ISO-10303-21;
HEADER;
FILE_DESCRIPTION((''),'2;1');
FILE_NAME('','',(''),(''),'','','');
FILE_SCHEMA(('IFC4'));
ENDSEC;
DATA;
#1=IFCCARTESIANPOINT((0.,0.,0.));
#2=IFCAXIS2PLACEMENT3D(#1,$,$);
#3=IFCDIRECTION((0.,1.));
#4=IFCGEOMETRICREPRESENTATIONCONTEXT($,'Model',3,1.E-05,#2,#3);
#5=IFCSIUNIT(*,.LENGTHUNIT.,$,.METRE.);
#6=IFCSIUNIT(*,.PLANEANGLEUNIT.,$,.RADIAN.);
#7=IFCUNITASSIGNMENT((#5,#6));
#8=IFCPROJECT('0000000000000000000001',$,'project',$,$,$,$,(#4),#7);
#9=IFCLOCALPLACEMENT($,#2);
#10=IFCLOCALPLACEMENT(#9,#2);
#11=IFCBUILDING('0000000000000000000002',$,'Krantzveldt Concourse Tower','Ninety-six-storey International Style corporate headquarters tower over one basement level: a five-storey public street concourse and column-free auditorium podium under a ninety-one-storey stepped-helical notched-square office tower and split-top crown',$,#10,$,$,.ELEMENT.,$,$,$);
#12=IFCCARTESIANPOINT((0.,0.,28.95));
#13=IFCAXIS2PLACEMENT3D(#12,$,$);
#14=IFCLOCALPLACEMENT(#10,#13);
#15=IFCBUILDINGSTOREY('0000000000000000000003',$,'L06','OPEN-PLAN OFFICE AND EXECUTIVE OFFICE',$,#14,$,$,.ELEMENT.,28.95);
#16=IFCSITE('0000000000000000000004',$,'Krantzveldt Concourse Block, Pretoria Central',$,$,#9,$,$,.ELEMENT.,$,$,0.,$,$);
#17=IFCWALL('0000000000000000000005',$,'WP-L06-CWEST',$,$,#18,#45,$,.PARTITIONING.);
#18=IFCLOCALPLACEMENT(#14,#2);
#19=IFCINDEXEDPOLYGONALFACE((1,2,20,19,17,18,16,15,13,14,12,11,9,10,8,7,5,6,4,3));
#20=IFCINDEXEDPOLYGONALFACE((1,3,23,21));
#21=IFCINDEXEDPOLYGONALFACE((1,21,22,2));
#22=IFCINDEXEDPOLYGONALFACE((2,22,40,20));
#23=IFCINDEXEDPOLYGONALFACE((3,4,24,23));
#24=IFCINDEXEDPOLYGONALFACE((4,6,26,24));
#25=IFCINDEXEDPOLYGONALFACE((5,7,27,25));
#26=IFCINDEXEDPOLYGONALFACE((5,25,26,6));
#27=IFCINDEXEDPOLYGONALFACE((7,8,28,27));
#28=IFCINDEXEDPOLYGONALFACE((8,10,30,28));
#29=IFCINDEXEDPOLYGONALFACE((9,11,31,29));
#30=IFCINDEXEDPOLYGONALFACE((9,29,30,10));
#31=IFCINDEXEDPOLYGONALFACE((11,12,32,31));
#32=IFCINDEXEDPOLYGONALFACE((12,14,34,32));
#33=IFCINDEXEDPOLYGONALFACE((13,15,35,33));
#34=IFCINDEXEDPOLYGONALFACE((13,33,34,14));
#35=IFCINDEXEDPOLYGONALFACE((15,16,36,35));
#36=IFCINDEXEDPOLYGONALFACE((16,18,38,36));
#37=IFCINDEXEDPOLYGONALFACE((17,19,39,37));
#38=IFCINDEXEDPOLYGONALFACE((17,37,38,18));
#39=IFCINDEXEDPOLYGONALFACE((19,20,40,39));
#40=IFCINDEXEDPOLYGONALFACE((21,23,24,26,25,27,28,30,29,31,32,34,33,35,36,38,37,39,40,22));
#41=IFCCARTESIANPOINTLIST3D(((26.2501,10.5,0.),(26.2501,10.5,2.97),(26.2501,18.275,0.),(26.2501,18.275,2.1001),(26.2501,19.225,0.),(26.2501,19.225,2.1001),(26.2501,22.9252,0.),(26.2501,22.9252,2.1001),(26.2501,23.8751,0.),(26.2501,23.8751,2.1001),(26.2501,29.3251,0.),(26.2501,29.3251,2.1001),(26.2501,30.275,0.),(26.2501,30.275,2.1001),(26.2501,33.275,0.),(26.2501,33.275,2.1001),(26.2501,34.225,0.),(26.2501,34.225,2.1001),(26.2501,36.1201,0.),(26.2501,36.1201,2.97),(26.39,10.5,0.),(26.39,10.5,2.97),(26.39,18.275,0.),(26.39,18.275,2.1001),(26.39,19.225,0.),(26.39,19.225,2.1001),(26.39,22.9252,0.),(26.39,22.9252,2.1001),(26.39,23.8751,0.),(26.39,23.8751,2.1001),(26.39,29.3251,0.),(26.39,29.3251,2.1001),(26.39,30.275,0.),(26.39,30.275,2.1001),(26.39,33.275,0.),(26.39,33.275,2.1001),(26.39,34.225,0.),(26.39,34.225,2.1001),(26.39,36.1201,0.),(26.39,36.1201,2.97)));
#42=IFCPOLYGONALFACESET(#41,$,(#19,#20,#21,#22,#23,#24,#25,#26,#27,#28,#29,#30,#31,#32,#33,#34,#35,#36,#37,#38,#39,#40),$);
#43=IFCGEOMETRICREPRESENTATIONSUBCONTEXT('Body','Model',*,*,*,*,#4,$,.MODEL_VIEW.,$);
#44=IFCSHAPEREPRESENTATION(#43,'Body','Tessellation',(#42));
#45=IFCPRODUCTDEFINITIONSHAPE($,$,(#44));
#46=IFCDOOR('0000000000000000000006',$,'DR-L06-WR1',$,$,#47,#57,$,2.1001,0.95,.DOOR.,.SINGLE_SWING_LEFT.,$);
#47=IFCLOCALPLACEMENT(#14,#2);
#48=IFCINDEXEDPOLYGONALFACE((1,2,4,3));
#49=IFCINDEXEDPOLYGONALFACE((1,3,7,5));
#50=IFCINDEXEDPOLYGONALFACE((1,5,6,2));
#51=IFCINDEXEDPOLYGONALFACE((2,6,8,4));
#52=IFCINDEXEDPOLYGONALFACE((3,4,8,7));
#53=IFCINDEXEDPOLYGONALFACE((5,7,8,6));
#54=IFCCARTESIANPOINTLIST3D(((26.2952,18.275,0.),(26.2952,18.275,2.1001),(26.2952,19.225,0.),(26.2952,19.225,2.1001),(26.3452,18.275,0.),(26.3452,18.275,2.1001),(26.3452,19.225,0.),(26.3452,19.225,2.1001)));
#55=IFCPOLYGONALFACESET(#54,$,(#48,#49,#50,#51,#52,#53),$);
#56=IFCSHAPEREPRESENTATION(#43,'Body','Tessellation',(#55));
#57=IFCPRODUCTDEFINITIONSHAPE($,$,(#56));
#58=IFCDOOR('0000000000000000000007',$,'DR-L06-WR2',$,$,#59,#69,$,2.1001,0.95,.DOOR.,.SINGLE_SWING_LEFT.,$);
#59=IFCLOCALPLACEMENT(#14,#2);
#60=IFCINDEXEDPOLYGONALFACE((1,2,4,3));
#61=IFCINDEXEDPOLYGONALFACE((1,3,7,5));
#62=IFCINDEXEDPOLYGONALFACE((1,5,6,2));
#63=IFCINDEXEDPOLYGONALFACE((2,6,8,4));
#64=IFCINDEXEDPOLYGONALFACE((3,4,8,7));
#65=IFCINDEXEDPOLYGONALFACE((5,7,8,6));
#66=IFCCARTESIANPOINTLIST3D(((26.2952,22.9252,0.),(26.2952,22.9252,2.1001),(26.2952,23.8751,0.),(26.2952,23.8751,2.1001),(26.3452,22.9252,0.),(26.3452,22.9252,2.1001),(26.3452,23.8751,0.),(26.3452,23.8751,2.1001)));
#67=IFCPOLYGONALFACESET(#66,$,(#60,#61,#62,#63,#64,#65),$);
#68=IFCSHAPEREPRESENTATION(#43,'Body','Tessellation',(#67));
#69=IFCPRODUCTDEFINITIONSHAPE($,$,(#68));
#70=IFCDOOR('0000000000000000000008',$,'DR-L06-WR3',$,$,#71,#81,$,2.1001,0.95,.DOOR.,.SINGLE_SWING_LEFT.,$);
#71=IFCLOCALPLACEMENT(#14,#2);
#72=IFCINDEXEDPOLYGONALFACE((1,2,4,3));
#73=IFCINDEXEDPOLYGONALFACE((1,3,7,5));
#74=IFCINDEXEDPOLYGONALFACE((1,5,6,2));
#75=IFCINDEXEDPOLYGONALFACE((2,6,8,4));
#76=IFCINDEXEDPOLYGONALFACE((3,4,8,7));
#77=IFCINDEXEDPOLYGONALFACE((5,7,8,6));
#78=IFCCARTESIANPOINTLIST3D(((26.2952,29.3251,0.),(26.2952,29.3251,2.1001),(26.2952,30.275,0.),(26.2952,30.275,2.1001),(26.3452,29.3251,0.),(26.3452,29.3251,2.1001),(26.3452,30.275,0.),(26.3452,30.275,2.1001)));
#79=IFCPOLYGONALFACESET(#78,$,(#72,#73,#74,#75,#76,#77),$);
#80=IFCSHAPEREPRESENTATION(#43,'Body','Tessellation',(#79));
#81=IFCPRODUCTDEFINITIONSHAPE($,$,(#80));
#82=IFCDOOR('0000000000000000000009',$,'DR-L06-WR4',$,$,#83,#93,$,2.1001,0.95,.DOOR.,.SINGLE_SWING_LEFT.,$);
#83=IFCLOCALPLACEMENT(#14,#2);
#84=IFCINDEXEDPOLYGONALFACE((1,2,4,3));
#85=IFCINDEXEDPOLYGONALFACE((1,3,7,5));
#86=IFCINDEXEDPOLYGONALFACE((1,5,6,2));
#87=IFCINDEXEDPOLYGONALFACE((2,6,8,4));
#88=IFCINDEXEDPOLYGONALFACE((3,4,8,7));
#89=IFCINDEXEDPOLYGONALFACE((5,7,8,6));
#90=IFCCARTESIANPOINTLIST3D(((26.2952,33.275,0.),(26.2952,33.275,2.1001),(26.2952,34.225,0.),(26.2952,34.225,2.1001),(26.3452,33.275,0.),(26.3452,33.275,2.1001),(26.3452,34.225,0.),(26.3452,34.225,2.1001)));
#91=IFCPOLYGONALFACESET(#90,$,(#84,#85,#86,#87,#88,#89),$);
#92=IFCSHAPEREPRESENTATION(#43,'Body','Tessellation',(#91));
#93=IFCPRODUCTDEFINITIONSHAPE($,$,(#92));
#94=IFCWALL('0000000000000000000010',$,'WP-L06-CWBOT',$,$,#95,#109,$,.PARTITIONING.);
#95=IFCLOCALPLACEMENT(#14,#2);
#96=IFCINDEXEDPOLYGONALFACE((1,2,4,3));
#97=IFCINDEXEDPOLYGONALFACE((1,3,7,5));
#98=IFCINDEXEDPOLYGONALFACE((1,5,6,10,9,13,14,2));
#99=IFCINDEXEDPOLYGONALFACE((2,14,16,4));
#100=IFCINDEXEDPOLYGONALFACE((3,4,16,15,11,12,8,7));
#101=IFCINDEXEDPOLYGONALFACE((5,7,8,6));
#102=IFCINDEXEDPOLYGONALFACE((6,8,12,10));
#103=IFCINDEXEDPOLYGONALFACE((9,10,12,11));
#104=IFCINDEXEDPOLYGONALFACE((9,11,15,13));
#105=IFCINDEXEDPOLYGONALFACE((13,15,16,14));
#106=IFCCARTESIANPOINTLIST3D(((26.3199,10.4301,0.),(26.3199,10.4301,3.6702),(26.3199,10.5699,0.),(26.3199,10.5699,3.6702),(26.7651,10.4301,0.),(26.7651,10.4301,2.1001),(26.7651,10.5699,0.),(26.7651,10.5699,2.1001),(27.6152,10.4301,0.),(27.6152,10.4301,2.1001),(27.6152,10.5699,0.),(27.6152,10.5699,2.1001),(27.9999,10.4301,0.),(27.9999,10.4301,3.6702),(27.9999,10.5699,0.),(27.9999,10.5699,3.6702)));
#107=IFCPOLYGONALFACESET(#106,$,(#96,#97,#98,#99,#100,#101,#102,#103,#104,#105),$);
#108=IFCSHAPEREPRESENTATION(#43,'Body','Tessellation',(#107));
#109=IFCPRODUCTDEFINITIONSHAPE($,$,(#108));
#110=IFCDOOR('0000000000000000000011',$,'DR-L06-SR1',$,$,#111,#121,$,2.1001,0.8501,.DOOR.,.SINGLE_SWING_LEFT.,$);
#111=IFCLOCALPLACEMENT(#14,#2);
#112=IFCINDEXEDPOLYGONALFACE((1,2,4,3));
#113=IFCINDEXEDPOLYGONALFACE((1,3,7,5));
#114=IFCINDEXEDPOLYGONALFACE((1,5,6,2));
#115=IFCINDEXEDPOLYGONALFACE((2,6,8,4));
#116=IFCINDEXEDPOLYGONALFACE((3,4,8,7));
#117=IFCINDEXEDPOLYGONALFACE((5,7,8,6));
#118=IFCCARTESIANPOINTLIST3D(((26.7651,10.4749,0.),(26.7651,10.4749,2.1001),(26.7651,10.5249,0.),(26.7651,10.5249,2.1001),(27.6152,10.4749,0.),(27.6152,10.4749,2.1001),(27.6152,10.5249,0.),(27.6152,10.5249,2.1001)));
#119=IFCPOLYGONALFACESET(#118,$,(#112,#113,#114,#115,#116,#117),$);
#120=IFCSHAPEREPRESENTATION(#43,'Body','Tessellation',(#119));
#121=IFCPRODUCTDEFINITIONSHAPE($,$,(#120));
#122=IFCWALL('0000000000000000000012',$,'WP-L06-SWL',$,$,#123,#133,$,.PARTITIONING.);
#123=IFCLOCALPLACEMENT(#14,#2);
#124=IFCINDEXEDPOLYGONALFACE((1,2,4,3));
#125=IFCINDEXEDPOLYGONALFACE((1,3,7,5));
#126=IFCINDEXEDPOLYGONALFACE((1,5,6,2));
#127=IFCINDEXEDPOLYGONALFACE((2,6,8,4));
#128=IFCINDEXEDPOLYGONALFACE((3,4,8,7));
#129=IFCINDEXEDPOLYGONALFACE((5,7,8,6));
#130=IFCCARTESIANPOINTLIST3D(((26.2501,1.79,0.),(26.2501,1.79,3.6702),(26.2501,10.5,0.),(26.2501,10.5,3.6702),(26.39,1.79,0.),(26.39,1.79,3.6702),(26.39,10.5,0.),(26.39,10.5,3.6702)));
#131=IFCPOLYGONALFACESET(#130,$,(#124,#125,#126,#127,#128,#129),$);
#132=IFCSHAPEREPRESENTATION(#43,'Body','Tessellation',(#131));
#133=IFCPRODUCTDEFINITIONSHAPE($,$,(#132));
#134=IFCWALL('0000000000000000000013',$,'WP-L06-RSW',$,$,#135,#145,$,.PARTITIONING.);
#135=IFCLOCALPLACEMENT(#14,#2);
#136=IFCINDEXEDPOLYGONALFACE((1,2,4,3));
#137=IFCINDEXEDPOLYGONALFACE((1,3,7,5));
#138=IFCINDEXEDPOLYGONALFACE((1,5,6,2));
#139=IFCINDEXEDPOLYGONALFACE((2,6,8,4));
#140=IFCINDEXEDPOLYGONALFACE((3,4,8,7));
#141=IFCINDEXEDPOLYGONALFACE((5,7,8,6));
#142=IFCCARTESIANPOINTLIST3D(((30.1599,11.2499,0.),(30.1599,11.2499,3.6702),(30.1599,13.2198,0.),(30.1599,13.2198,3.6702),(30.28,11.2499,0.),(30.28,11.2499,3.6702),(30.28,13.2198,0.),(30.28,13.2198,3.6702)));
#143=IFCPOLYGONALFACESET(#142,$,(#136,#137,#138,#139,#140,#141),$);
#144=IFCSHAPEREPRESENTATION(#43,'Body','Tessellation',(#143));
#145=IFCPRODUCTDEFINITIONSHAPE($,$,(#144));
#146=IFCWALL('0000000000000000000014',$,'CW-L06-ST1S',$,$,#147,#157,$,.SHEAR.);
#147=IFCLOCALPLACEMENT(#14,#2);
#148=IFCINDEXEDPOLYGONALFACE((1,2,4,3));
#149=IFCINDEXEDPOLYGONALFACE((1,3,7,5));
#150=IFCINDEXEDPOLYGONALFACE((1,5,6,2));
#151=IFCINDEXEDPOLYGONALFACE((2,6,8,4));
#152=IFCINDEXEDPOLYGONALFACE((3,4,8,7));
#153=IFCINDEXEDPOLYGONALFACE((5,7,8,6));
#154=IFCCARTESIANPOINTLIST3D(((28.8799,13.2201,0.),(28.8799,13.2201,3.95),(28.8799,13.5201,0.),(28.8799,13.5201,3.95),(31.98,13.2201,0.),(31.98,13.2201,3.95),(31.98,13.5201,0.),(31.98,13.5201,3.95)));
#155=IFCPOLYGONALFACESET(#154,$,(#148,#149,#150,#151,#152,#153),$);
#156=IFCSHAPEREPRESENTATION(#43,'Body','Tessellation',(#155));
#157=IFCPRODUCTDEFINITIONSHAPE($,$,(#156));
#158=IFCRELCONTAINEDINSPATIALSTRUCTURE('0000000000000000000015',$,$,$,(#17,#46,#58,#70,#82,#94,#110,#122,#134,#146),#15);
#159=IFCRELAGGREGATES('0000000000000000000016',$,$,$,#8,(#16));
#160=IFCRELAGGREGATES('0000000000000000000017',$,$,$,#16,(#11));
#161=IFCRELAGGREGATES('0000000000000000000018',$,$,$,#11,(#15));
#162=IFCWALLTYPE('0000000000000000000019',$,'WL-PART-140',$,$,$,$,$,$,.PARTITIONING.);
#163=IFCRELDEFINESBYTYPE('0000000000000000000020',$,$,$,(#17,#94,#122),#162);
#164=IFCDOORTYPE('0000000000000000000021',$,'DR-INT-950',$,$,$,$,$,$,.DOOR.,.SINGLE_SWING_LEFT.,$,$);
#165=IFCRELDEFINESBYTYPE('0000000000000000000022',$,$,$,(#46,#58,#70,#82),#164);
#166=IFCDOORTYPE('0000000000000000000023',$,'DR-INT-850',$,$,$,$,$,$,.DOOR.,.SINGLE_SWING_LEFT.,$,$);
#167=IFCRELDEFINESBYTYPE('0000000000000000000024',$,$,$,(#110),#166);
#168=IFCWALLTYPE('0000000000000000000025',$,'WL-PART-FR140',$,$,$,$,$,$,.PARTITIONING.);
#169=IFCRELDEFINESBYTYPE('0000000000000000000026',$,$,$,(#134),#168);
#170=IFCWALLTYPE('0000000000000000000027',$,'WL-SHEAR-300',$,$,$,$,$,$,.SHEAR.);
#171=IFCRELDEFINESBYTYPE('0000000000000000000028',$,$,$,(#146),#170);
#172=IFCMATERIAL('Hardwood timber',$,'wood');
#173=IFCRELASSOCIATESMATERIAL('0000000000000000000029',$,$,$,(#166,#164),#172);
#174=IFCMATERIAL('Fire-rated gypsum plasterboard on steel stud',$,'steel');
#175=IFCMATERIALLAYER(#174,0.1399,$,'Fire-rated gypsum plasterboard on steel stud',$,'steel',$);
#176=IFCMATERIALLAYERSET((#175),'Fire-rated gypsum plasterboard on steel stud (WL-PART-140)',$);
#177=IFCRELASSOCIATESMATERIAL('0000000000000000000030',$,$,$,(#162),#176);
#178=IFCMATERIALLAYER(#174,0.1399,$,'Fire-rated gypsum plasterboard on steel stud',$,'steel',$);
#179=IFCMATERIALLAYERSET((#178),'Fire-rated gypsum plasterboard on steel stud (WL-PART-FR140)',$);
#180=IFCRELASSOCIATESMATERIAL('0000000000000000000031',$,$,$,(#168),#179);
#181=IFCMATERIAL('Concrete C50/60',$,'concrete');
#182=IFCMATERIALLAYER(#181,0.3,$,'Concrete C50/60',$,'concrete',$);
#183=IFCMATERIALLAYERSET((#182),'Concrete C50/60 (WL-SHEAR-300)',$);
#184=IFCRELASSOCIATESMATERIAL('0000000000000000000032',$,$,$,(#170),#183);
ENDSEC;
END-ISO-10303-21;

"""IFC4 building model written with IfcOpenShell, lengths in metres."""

from ifc_helpers import new_model, si_unit, direction, frame, frame_2d, origin, place, context, subcontext, project, spatial, rectangle, extrude, material, layer, layer_set, type_object, element, fill, save


model = new_model("IFC4")

# Units and contexts
model_context = context("Model", 3, precision=1e-05, world=origin(), true_north=direction((0.0, 1.0)))
body_context = subcontext(model_context, "Body", "Model", "MODEL_VIEW")
ifc_project = project(units=[si_unit("LENGTHUNIT", "METRE"), si_unit("PLANEANGLEUNIT", "RADIAN")], contexts=[model_context])

# Site, building, storey
site_placement = place(None, origin())
site = spatial("IfcSite", under=ifc_project, at=site_placement, Name="Krantzveldt Concourse Block, Pretoria Central", CompositionType="ELEMENT", RefElevation=0.0)
building_placement = place(site_placement, origin())
building = spatial("IfcBuilding", under=site, at=building_placement, Name="Krantzveldt Concourse Tower", Description="Ninety-six-storey International Style corporate headquarters tower over one basement level: a five-storey public street concourse and column-free auditorium podium under a ninety-one-storey stepped-helical notched-square office tower and split-top crown", CompositionType="ELEMENT")
storey_placement = place(building_placement, frame((0.0, 0.0, 28.95)))
storey = spatial("IfcBuildingStorey", under=building, at=storey_placement, Name="L06", Description="OPEN-PLAN OFFICE AND EXECUTIVE OFFICE", CompositionType="ELEMENT", Elevation=28.95)

# Shared definitions
ifc_material_1 = material(Name="Fire-rated gypsum plasterboard on steel stud", Category="steel")
ifc_material_2 = material(Name="Hardwood timber", Category="wood")
door_type_1 = type_object("IfcDoorType", Name="DR-INT-850", OperationType="SINGLE_SWING_LEFT", PredefinedType="DOOR", material=ifc_material_2)

# Wall, openings, doors
ifc_layer_1 = layer(ifc_material_1, 0.1399, Name="Fire-rated gypsum plasterboard on steel stud", Category="steel")
ifc_layer_set_1 = layer_set([ifc_layer_1], Name="Fire-rated gypsum plasterboard on steel stud (WL-PART-140)")
wall_type_1 = type_object("IfcWallType", Name="WL-PART-140", PredefinedType="PARTITIONING", material=ifc_layer_set_1)
wall_1_placement = place(storey_placement, frame((26.3201, 10.5, 0.0), z_axis=(0.0, 0.0, 1.0), x_axis=(0.0, 1.0, 0.0)))
wall_1 = element("IfcWall", 1, at=wall_1_placement, inside=storey, type_object=wall_type_1, Name="WP-L06-CWEST", PredefinedType="PARTITIONING", context=body_context, shape_type="SweptSolid", body=[
    extrude(rectangle(XDim=25.6201, YDim=0.1399, at=frame_2d((12.8101, 0.0))), origin(), (0.0, 0.0, 1.0), 2.97),
])
opening_1_placement = place(wall_1_placement, frame((7.7749, 0.0, 0.0)))
opening_1 = element("IfcOpeningElement", 2, at=opening_1_placement, cuts=wall_1, PredefinedType="OPENING", context=body_context, shape_type="SweptSolid", body=[
    extrude(rectangle(XDim=0.95, YDim=2.1001, at=frame_2d((0.4751, 1.05))), frame((0.0, 0.0801, 0.0), z_axis=(0.0, -1.0, 0.0), x_axis=(1.0, 0.0, 0.0)), (0.0, 0.0, 1.0), 0.1599),
])
opening_2_placement = place(wall_1_placement, frame((12.425, 0.0, 0.0)))
opening_2 = element("IfcOpeningElement", 3, at=opening_2_placement, cuts=wall_1, PredefinedType="OPENING", context=body_context, shape_type="SweptSolid", body=[
    extrude(rectangle(XDim=0.95, YDim=2.1001, at=frame_2d((0.4751, 1.05))), frame((0.0, 0.0801, 0.0), z_axis=(0.0, -1.0, 0.0), x_axis=(1.0, 0.0, 0.0)), (0.0, 0.0, 1.0), 0.1599),
])
opening_3_placement = place(wall_1_placement, frame((18.825, 0.0, 0.0)))
opening_3 = element("IfcOpeningElement", 4, at=opening_3_placement, cuts=wall_1, PredefinedType="OPENING", context=body_context, shape_type="SweptSolid", body=[
    extrude(rectangle(XDim=0.95, YDim=2.1001, at=frame_2d((0.4751, 1.05))), frame((0.0, 0.0801, 0.0), z_axis=(0.0, -1.0, 0.0), x_axis=(1.0, 0.0, 0.0)), (0.0, 0.0, 1.0), 0.1599),
])
opening_4_placement = place(wall_1_placement, frame((22.7749, 0.0, 0.0)))
opening_4 = element("IfcOpeningElement", 5, at=opening_4_placement, cuts=wall_1, PredefinedType="OPENING", context=body_context, shape_type="SweptSolid", body=[
    extrude(rectangle(XDim=0.95, YDim=2.1001, at=frame_2d((0.4751, 1.05))), frame((0.0, 0.0801, 0.0), z_axis=(0.0, -1.0, 0.0), x_axis=(1.0, 0.0, 0.0)), (0.0, 0.0, 1.0), 0.1599),
])
door_type_2 = type_object("IfcDoorType", Name="DR-INT-950", OperationType="SINGLE_SWING_LEFT", PredefinedType="DOOR", material=ifc_material_2)
door_1_placement = place(opening_1_placement, origin())
door_1 = element("IfcDoor", 6, at=door_1_placement, inside=storey, type_object=door_type_2, Name="DR-L06-WR1", OperationType="SINGLE_SWING_LEFT", OverallHeight=2.1001, OverallWidth=0.95, PredefinedType="DOOR", context=body_context, shape_type="SweptSolid", body=[
    extrude(rectangle(XDim=0.95, YDim=2.1001, at=frame_2d((0.4751, 1.05))), frame((0.0, 0.0249, 0.0), z_axis=(0.0, -1.0, 0.0), x_axis=(1.0, 0.0, 0.0)), (0.0, 0.0, 1.0), 0.05),
])
fill(opening_1, door_1)
door_2_placement = place(opening_2_placement, origin())
door_2 = element("IfcDoor", 7, at=door_2_placement, inside=storey, type_object=door_type_2, Name="DR-L06-WR2", OperationType="SINGLE_SWING_LEFT", OverallHeight=2.1001, OverallWidth=0.95, PredefinedType="DOOR", context=body_context, shape_type="SweptSolid", body=[
    extrude(rectangle(XDim=0.95, YDim=2.1001, at=frame_2d((0.4751, 1.05))), frame((0.0, 0.0249, 0.0), z_axis=(0.0, -1.0, 0.0), x_axis=(1.0, 0.0, 0.0)), (0.0, 0.0, 1.0), 0.05),
])
fill(opening_2, door_2)
door_3_placement = place(opening_3_placement, origin())
door_3 = element("IfcDoor", 8, at=door_3_placement, inside=storey, type_object=door_type_2, Name="DR-L06-WR3", OperationType="SINGLE_SWING_LEFT", OverallHeight=2.1001, OverallWidth=0.95, PredefinedType="DOOR", context=body_context, shape_type="SweptSolid", body=[
    extrude(rectangle(XDim=0.95, YDim=2.1001, at=frame_2d((0.4751, 1.05))), frame((0.0, 0.0249, 0.0), z_axis=(0.0, -1.0, 0.0), x_axis=(1.0, 0.0, 0.0)), (0.0, 0.0, 1.0), 0.05),
])
fill(opening_3, door_3)
door_4_placement = place(opening_4_placement, origin())
door_4 = element("IfcDoor", 9, at=door_4_placement, inside=storey, type_object=door_type_2, Name="DR-L06-WR4", OperationType="SINGLE_SWING_LEFT", OverallHeight=2.1001, OverallWidth=0.95, PredefinedType="DOOR", context=body_context, shape_type="SweptSolid", body=[
    extrude(rectangle(XDim=0.95, YDim=2.1001, at=frame_2d((0.4751, 1.05))), frame((0.0, 0.0249, 0.0), z_axis=(0.0, -1.0, 0.0), x_axis=(1.0, 0.0, 0.0)), (0.0, 0.0, 1.0), 0.05),
])
fill(opening_4, door_4)

# Wall, opening, door
wall_2_placement = place(storey_placement, frame((26.3201, 10.5, 0.0), z_axis=(0.0, 0.0, 1.0), x_axis=(1.0, 0.0, 0.0)))
wall_2 = element("IfcWall", 10, at=wall_2_placement, inside=storey, type_object=wall_type_1, Name="WP-L06-CWBOT", PredefinedType="PARTITIONING", context=body_context, shape_type="SweptSolid", body=[
    extrude(rectangle(XDim=1.6799, YDim=0.1399, at=frame_2d((0.8398, 0.0))), origin(), (0.0, 0.0, 1.0), 3.6702),
])
opening_5_placement = place(wall_2_placement, frame((0.4451, 0.0, 0.0)))
opening_5 = element("IfcOpeningElement", 11, at=opening_5_placement, cuts=wall_2, PredefinedType="OPENING", context=body_context, shape_type="SweptSolid", body=[
    extrude(rectangle(XDim=0.8501, YDim=2.1001, at=frame_2d((0.425, 1.05))), frame((0.0, 0.0801, 0.0), z_axis=(0.0, -1.0, 0.0), x_axis=(1.0, 0.0, 0.0)), (0.0, 0.0, 1.0), 0.1599),
])
door_5_placement = place(opening_5_placement, origin())
door_5 = element("IfcDoor", 12, at=door_5_placement, inside=storey, type_object=door_type_1, Name="DR-L06-SR1", OperationType="SINGLE_SWING_LEFT", OverallHeight=2.1001, OverallWidth=0.8501, PredefinedType="DOOR", context=body_context, shape_type="SweptSolid", body=[
    extrude(rectangle(XDim=0.8501, YDim=2.1001, at=frame_2d((0.425, 1.05))), frame((0.0, 0.0249, 0.0), z_axis=(0.0, -1.0, 0.0), x_axis=(1.0, 0.0, 0.0)), (0.0, 0.0, 1.0), 0.05),
])
fill(opening_5, door_5)

# Walls
wall_3_placement = place(storey_placement, frame((26.3201, 1.79, 0.0), z_axis=(0.0, 0.0, 1.0), x_axis=(0.0, 1.0, 0.0)))
element("IfcWall", 13, at=wall_3_placement, inside=storey, type_object=wall_type_1, Name="WP-L06-SWL", PredefinedType="PARTITIONING", context=body_context, shape_type="SweptSolid", body=[
    extrude(rectangle(XDim=8.71, YDim=0.1399, at=frame_2d((4.355, 0.0))), origin(), (0.0, 0.0, 1.0), 3.6702),
])
ifc_layer_2 = layer(ifc_material_1, 0.1399, Name="Fire-rated gypsum plasterboard on steel stud", Category="steel")
ifc_layer_set_2 = layer_set([ifc_layer_2], Name="Fire-rated gypsum plasterboard on steel stud (WL-PART-FR140)")
wall_type_2 = type_object("IfcWallType", Name="WL-PART-FR140", PredefinedType="PARTITIONING", material=ifc_layer_set_2)
wall_4_placement = place(storey_placement, frame((30.22, 11.25, 0.0), z_axis=(0.0, 0.0, 1.0), x_axis=(0.0, 1.0, 0.0)))
element("IfcWall", 14, at=wall_4_placement, inside=storey, type_object=wall_type_2, Name="WP-L06-RSW", PredefinedType="PARTITIONING", context=body_context, shape_type="SweptSolid", body=[
    extrude(rectangle(XDim=1.97, YDim=0.1201, at=frame_2d((0.9849, 0.0))), origin(), (0.0, 0.0, 1.0), 3.6702),
])
ifc_material_3 = material(Name="Concrete C50/60", Category="concrete")
ifc_layer_3 = layer(ifc_material_3, 0.3, Name="Concrete C50/60", Category="concrete")
ifc_layer_set_3 = layer_set([ifc_layer_3], Name="Concrete C50/60 (WL-SHEAR-300)")
wall_type_3 = type_object("IfcWallType", Name="WL-SHEAR-300", PredefinedType="SHEAR", material=ifc_layer_set_3)
wall_5_placement = place(storey_placement, frame((28.8799, 13.3701, 0.0), z_axis=(0.0, 0.0, 1.0), x_axis=(1.0, 0.0, 0.0)))
element("IfcWall", 15, at=wall_5_placement, inside=storey, type_object=wall_type_3, Name="CW-L06-ST1S", PredefinedType="SHEAR", context=body_context, shape_type="SweptSolid", body=[
    extrude(rectangle(XDim=3.1001, YDim=0.3, at=frame_2d((1.55, 0.0))), origin(), (0.0, 0.0, 1.0), 3.95),
])

save(model, "model.ifc")
